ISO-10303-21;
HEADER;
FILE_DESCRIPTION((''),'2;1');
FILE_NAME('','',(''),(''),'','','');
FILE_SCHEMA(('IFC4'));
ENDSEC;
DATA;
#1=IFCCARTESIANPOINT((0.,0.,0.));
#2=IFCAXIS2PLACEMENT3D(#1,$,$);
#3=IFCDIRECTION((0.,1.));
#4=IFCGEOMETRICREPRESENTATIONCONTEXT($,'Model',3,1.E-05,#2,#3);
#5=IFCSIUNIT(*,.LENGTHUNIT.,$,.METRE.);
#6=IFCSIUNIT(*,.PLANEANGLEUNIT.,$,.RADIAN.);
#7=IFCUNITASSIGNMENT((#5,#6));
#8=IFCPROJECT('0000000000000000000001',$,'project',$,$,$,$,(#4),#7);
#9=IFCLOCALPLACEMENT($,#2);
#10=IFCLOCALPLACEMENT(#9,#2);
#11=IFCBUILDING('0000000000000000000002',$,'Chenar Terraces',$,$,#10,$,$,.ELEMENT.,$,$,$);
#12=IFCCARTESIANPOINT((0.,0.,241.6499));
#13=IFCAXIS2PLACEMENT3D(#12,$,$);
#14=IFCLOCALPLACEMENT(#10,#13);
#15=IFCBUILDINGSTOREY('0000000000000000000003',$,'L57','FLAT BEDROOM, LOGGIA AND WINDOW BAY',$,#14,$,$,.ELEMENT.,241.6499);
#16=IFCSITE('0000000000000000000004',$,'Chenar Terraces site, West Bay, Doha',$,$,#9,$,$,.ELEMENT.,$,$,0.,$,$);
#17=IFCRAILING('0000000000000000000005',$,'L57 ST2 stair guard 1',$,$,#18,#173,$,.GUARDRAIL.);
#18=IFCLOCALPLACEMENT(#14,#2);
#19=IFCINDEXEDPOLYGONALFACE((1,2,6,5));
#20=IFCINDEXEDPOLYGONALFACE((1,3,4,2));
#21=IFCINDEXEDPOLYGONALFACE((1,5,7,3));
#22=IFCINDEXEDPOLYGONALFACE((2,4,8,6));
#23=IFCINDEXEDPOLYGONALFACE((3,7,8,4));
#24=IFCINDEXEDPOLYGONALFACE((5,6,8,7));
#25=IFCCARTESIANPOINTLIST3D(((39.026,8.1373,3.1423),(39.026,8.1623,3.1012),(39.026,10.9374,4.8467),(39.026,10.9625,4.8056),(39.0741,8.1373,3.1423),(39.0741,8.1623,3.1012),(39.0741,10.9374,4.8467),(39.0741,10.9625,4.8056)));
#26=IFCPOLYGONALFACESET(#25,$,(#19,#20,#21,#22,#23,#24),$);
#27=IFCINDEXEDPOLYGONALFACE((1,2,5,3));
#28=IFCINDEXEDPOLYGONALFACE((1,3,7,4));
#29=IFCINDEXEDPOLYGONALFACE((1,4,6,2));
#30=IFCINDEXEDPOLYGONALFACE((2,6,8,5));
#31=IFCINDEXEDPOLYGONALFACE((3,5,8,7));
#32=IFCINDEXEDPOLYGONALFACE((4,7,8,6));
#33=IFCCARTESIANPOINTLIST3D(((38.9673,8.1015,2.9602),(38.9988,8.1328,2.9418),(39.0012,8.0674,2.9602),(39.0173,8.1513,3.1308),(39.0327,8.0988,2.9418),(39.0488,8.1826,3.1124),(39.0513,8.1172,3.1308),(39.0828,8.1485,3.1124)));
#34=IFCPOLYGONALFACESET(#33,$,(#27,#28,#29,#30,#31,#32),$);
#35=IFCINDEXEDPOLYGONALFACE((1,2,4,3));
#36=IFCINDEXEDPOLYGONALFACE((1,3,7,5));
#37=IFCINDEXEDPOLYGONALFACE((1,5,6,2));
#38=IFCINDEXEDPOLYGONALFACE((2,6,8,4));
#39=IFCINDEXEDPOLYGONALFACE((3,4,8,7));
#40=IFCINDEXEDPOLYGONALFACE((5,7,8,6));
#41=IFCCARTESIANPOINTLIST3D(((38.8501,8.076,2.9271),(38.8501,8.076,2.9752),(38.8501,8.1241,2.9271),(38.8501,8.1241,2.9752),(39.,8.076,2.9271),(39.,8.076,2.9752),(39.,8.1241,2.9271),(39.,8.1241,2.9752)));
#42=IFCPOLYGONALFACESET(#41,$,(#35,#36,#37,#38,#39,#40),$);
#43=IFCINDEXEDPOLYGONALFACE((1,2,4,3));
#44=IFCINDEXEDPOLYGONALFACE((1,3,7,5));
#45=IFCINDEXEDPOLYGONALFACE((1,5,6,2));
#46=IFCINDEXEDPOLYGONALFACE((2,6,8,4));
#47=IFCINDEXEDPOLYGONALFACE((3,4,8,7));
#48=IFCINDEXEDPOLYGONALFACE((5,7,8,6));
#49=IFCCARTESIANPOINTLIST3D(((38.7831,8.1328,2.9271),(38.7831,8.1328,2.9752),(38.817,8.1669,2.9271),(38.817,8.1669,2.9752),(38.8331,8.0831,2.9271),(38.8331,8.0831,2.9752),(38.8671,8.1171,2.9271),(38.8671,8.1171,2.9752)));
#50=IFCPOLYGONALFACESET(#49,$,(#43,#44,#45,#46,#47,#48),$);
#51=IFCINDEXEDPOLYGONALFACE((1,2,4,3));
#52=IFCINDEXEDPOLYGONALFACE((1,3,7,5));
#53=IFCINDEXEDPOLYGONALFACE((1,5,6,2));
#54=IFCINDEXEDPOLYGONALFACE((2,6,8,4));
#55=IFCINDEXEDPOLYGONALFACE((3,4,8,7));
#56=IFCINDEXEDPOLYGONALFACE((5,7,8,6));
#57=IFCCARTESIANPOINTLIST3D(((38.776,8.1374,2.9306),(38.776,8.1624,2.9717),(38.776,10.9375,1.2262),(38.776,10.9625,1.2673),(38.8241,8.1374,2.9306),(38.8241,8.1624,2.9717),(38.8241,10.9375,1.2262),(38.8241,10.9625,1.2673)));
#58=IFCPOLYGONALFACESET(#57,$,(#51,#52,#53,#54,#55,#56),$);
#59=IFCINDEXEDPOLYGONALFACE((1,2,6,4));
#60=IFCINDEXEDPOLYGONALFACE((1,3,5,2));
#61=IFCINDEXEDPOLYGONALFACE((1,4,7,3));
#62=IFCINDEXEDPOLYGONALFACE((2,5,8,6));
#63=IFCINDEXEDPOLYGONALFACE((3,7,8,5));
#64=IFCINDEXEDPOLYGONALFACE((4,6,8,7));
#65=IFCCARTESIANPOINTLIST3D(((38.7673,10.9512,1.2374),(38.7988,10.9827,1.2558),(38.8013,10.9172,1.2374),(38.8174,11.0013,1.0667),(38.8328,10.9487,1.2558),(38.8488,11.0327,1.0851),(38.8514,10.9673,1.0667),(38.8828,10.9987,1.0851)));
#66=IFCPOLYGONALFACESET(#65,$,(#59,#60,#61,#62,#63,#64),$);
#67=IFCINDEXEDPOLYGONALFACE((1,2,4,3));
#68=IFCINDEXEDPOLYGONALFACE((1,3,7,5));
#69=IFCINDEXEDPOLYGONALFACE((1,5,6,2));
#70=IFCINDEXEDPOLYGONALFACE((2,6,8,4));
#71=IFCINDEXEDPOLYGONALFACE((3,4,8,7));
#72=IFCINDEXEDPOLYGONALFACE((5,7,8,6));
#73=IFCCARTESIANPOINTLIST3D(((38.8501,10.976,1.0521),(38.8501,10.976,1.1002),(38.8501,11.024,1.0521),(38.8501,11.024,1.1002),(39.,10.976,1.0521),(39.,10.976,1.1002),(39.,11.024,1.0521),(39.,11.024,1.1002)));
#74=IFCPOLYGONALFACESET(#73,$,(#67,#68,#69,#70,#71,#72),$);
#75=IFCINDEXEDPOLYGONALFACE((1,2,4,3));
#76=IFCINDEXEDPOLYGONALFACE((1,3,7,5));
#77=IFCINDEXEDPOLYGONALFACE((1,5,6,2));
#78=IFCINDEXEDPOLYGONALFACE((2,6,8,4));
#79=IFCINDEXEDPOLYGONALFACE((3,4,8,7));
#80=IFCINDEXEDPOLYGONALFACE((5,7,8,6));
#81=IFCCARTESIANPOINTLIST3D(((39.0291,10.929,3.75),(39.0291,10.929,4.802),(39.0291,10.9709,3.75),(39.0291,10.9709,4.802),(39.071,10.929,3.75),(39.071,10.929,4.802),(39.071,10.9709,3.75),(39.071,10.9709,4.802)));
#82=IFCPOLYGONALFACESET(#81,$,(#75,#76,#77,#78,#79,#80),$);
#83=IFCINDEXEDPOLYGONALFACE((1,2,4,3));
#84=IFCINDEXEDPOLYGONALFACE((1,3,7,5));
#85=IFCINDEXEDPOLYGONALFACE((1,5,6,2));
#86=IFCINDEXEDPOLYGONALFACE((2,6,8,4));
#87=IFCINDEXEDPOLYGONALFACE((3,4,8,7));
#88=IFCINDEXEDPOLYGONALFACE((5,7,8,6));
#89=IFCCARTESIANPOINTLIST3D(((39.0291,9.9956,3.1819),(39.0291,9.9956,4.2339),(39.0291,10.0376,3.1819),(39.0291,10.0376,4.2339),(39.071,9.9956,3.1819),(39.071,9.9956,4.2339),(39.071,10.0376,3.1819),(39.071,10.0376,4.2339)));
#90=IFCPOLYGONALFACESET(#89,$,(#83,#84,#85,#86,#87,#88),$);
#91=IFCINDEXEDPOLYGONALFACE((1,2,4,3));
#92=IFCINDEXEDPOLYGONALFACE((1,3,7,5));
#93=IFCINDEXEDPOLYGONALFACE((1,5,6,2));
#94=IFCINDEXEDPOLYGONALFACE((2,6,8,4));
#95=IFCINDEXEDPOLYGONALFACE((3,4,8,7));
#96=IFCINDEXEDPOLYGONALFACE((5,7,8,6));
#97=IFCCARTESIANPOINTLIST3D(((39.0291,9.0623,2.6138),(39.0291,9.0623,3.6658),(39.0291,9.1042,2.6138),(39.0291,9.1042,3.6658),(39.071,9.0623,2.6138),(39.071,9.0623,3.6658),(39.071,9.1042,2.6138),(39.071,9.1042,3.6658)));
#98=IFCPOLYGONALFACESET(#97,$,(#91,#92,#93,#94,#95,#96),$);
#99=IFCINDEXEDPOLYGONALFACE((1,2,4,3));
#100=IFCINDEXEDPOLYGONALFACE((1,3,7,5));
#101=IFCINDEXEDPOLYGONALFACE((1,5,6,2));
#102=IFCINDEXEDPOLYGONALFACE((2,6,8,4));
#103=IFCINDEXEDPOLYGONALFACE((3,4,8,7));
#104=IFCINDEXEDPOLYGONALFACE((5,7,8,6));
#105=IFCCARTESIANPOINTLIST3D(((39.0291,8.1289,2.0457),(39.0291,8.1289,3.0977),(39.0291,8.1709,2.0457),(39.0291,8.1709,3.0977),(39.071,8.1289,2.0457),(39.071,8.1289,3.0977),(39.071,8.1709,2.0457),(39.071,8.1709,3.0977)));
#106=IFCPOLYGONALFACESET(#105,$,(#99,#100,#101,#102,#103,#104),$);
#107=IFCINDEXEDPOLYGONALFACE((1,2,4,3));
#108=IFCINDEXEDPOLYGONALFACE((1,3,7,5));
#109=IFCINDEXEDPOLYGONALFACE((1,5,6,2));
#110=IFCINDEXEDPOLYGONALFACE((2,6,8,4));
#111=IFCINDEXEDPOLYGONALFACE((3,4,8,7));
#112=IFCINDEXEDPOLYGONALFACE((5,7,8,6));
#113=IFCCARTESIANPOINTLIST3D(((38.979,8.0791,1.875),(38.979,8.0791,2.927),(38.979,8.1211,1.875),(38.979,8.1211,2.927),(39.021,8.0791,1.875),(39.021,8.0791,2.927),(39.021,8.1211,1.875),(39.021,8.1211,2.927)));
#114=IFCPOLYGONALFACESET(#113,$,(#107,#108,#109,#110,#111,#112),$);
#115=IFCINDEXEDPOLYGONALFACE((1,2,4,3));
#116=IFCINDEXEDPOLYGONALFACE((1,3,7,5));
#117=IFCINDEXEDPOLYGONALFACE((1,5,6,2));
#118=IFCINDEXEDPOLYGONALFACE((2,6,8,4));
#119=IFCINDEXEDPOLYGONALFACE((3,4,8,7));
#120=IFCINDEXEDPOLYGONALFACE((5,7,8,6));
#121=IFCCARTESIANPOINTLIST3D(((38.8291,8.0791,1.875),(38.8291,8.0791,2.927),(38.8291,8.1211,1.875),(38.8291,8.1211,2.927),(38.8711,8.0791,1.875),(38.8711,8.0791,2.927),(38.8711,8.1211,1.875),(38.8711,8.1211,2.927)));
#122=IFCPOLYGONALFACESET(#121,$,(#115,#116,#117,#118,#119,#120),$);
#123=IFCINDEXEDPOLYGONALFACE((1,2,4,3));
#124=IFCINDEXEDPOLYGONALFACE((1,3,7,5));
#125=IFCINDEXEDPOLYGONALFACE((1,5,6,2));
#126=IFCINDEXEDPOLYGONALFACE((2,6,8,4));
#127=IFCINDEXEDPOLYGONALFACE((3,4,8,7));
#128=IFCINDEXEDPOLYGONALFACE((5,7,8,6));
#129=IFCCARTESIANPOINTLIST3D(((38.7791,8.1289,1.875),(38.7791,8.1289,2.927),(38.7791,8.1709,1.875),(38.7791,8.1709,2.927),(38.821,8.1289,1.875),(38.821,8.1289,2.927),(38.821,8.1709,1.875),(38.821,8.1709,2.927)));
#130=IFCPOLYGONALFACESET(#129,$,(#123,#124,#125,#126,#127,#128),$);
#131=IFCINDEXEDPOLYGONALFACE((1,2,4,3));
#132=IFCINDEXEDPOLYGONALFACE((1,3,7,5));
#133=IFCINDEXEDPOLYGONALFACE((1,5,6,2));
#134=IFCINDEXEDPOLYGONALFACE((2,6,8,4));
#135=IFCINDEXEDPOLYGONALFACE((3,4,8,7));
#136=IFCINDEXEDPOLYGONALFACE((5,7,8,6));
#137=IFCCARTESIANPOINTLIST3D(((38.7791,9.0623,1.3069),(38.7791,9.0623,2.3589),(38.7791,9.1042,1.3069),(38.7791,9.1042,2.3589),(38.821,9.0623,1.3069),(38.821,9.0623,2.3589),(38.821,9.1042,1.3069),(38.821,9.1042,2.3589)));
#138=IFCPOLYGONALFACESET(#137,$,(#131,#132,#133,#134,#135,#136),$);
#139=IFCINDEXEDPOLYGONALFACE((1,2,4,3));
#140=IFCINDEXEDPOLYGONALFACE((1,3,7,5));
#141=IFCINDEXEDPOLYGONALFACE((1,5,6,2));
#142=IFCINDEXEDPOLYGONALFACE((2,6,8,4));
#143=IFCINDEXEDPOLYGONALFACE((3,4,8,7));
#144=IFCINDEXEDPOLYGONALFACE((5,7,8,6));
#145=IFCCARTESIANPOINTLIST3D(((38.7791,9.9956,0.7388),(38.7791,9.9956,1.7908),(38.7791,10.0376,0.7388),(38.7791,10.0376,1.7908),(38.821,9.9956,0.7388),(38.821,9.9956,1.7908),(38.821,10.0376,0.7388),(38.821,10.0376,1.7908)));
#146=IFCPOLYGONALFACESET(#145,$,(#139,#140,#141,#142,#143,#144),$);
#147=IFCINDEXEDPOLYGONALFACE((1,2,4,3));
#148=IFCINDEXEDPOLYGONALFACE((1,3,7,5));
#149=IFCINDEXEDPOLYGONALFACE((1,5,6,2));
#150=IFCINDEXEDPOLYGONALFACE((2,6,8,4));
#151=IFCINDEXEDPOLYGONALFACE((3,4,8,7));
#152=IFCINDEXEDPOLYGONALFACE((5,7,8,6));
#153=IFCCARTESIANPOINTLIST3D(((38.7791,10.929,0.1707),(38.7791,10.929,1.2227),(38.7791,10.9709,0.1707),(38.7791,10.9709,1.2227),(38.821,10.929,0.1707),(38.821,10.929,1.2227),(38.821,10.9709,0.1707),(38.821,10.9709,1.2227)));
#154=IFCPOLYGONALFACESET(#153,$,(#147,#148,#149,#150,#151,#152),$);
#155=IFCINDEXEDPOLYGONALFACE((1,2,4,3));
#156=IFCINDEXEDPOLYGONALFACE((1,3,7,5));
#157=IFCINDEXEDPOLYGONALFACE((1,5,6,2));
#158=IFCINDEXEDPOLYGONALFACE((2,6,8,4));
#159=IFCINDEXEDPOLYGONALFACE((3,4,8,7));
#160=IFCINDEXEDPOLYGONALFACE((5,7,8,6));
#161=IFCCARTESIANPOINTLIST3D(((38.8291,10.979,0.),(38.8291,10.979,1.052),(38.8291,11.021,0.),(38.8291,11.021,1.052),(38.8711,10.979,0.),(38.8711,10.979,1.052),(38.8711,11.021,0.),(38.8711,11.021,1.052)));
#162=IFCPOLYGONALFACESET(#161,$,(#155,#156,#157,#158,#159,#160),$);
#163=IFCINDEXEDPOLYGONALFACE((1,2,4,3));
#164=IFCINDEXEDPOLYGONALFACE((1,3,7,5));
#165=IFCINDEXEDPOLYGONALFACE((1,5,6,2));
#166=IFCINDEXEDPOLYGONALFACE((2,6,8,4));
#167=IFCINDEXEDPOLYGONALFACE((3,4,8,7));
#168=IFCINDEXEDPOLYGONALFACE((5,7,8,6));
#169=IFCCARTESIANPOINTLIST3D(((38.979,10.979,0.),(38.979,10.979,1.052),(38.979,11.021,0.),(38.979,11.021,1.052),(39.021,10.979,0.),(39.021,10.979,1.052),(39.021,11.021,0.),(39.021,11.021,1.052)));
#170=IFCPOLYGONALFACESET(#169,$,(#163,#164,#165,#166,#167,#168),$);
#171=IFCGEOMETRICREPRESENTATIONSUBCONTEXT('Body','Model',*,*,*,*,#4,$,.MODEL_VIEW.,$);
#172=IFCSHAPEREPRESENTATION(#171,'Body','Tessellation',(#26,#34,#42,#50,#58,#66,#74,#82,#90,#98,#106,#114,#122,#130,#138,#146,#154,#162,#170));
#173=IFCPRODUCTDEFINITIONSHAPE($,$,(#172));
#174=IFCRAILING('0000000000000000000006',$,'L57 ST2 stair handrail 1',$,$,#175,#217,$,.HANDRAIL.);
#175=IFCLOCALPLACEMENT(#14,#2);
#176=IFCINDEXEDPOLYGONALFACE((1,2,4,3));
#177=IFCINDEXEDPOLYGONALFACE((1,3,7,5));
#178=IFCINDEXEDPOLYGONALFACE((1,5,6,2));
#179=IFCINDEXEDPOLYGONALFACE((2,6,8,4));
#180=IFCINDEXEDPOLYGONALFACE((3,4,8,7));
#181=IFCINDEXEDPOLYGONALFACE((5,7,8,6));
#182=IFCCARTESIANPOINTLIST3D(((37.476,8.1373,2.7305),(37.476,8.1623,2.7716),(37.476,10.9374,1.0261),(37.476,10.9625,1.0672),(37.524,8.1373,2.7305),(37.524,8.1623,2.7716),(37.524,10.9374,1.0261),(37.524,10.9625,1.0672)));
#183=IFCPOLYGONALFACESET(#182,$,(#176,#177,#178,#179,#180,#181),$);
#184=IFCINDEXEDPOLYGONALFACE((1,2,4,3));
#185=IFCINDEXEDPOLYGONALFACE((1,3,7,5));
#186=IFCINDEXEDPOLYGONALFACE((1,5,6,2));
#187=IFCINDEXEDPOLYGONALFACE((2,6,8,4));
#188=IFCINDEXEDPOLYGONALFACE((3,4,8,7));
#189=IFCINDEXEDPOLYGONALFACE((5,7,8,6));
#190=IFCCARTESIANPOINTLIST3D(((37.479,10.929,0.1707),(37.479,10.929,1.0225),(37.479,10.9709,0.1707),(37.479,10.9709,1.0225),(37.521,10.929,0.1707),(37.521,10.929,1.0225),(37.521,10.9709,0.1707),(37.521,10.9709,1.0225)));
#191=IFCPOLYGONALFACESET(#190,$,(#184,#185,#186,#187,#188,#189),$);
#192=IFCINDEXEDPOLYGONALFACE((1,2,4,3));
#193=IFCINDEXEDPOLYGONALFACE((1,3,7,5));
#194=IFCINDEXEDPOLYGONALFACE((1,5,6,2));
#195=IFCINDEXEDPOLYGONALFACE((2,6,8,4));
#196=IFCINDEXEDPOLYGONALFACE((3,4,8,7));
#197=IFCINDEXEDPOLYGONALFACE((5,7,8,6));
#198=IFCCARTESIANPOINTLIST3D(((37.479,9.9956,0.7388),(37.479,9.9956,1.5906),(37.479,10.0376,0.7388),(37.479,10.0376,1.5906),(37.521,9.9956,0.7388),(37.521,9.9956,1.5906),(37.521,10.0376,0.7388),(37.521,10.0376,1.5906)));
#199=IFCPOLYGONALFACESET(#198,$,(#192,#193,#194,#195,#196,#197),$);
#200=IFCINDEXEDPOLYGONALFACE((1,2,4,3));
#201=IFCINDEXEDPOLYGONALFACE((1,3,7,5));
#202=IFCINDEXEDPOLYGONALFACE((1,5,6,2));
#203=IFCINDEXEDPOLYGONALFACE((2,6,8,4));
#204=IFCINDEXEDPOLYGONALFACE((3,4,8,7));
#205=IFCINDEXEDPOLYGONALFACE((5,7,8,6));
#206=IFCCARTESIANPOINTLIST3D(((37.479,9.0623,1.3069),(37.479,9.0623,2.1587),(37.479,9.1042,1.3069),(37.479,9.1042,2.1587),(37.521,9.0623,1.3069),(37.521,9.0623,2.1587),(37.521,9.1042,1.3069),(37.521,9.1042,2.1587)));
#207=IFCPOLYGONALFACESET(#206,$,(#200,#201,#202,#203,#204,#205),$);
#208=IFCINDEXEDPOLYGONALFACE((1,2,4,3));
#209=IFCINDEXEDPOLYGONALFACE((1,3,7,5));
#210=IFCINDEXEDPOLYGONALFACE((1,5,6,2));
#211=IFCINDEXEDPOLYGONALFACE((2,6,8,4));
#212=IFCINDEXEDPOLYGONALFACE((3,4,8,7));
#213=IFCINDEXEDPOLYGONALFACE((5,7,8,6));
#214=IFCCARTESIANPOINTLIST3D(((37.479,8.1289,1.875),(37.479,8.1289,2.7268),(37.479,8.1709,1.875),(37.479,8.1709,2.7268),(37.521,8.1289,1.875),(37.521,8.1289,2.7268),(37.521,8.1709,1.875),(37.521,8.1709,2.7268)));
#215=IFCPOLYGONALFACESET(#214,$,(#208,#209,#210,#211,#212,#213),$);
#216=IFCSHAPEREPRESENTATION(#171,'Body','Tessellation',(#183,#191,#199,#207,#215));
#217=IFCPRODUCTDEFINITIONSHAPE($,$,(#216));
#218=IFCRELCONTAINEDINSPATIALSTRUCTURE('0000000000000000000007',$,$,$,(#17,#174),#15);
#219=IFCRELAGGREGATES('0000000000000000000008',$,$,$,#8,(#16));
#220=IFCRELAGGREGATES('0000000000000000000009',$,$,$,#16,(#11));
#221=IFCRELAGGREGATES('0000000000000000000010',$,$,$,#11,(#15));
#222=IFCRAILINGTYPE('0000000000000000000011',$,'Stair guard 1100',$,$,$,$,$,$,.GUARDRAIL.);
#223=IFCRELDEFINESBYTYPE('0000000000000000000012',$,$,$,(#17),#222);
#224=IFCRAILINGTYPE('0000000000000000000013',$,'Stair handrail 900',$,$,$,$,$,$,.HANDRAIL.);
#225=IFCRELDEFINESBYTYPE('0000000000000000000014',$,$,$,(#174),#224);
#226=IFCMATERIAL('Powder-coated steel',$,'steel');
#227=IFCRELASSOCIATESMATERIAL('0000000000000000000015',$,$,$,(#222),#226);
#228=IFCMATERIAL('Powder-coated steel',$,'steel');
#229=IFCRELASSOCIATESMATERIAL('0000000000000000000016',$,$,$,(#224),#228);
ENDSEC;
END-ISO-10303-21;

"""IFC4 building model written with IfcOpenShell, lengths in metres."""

from ifc_helpers import new_model, si_unit, direction, frame, origin, origin_2d, place, context, subcontext, project, spatial, rectangle, extrude, material, type_object, element, save


model = new_model("IFC4")

# Units and contexts
model_context = context("Model", 3, precision=1e-05, world=origin(), true_north=direction((0.0, 1.0)))
body_context = subcontext(model_context, "Body", "Model", "MODEL_VIEW")
ifc_project = project(units=[si_unit("LENGTHUNIT", "METRE"), si_unit("PLANEANGLEUNIT", "RADIAN")], contexts=[model_context])

# Site, building, storey
site_placement = place(None, origin())
site = spatial("IfcSite", under=ifc_project, at=site_placement, Name="Chenar Terraces site, West Bay, Doha", CompositionType="ELEMENT", RefElevation=0.0)
building_placement = place(site_placement, origin())
building = spatial("IfcBuilding", under=site, at=building_placement, Name="Chenar Terraces", CompositionType="ELEMENT")
storey_placement = place(building_placement, frame((0.0, 0.0, 241.6499)))
storey = spatial("IfcBuildingStorey", under=building, at=storey_placement, Name="L57", Description="FLAT BEDROOM, LOGGIA AND WINDOW BAY", CompositionType="ELEMENT", Elevation=241.6499)

# Railings
ifc_material_1 = material(Name="Powder-coated steel", Category="steel")
railing_type_1 = type_object("IfcRailingType", Name="Stair guard 1100", PredefinedType="GUARDRAIL", material=ifc_material_1)
railing_1_placement = place(storey_placement, frame((39.05, 10.95, 3.75)))
element("IfcRailing", 1, at=railing_1_placement, inside=storey, type_object=railing_type_1, Name="L57 ST2 stair guard 1", PredefinedType="GUARDRAIL", context=body_context, shape_type="SweptSolid", body=[
    extrude(rectangle(XDim=0.0481, YDim=0.0481, at=origin_2d()), frame((0.0, 0.0, 1.0762), z_axis=(0.0, -0.854203, -0.51994), x_axis=(1.0, 0.0, 0.0)), (0.0, 0.0, 1.0), 3.2781),
    extrude(rectangle(XDim=0.0481, YDim=0.0481, at=origin_2d()), frame((0.0, -2.8, -0.6284), z_axis=(-0.270997, -0.269675, -0.924033), x_axis=(0.705376, -0.708834, 0.0)), (0.0, 0.0, 1.0), 0.1846),
    extrude(rectangle(XDim=0.0481, YDim=0.0481, at=origin_2d()), frame((-0.05, -2.8499, -0.7988), z_axis=(-1.0, 0.0, 0.0), x_axis=(0.0, -1.0, 0.0)), (0.0, 0.0, 1.0), 0.1499),
    extrude(rectangle(XDim=0.0481, YDim=0.0481, at=origin_2d()), frame((-0.2, -2.8499, -0.7988), z_axis=(-0.708834, 0.705376, 0.0), x_axis=(-0.705376, -0.708834, 0.0)), (0.0, 0.0, 1.0), 0.0706),
    extrude(rectangle(XDim=0.0481, YDim=0.0481, at=origin_2d()), frame((-0.25, -2.8, -0.7988), z_axis=(0.0, 0.854203, -0.51994), x_axis=(-1.0, 0.0, 0.0)), (0.0, 0.0, 1.0), 3.2781),
    extrude(rectangle(XDim=0.0481, YDim=0.0481, at=origin_2d()), frame((-0.25, 0.0, -2.5034), z_axis=(0.2709, 0.2709, -0.923703), x_axis=(-0.707107, 0.707107, 0.0)), (0.0, 0.0, 1.0), 0.1848),
    extrude(rectangle(XDim=0.0481, YDim=0.0481, at=origin_2d()), frame((-0.2, 0.05, -2.6738), z_axis=(1.0, 0.0, 0.0), x_axis=(0.0, 1.0, 0.0)), (0.0, 0.0, 1.0), 0.1499),
    extrude(rectangle(XDim=0.042, YDim=0.042, at=origin_2d()), origin(), (0.0, 0.0, 1.0), 1.052),
    extrude(rectangle(XDim=0.042, YDim=0.042, at=origin_2d()), frame((0.0, -0.9333, -0.5681)), (0.0, 0.0, 1.0), 1.052),
    extrude(rectangle(XDim=0.042, YDim=0.042, at=origin_2d()), frame((0.0, -1.8667, -1.1362)), (0.0, 0.0, 1.0), 1.052),
    extrude(rectangle(XDim=0.042, YDim=0.042, at=origin_2d()), frame((0.0, -2.8, -1.7043)), (0.0, 0.0, 1.0), 1.052),
    extrude(rectangle(XDim=0.042, YDim=0.042, at=origin_2d()), frame((-0.05, -2.8499, -1.875)), (0.0, 0.0, 1.0), 1.052),
    extrude(rectangle(XDim=0.042, YDim=0.042, at=origin_2d()), frame((-0.2, -2.8499, -1.875)), (0.0, 0.0, 1.0), 1.052),
    extrude(rectangle(XDim=0.042, YDim=0.042, at=origin_2d()), frame((-0.25, -2.8, -1.875)), (0.0, 0.0, 1.0), 1.052),
    extrude(rectangle(XDim=0.042, YDim=0.042, at=origin_2d()), frame((-0.25, -1.8667, -2.4431)), (0.0, 0.0, 1.0), 1.052),
    extrude(rectangle(XDim=0.042, YDim=0.042, at=origin_2d()), frame((-0.25, -0.9333, -3.0112)), (0.0, 0.0, 1.0), 1.052),
    extrude(rectangle(XDim=0.042, YDim=0.042, at=origin_2d()), frame((-0.25, 0.0, -3.5793)), (0.0, 0.0, 1.0), 1.052),
    extrude(rectangle(XDim=0.042, YDim=0.042, at=origin_2d()), frame((-0.2, 0.05, -3.75)), (0.0, 0.0, 1.0), 1.052),
    extrude(rectangle(XDim=0.042, YDim=0.042, at=origin_2d()), frame((-0.05, 0.05, -3.75)), (0.0, 0.0, 1.0), 1.052),
])
ifc_material_2 = material(Name="Powder-coated steel", Category="steel")
railing_type_2 = type_object("IfcRailingType", Name="Stair handrail 900", PredefinedType="HANDRAIL", material=ifc_material_2)
railing_2_placement = place(storey_placement, frame((37.5, 10.95, 0.1707)))
element("IfcRailing", 2, at=railing_2_placement, inside=storey, type_object=railing_type_2, Name="L57 ST2 stair handrail 1", PredefinedType="HANDRAIL", context=body_context, shape_type="SweptSolid", body=[
    extrude(rectangle(XDim=0.0481, YDim=0.0481, at=origin_2d()), frame((0.0, 0.0, 0.876), z_axis=(0.0, -0.854203, 0.51994), x_axis=(1.0, 0.0, 0.0)), (0.0, 0.0, 1.0), 3.2781),
    extrude(rectangle(XDim=0.042, YDim=0.042, at=origin_2d()), origin(), (0.0, 0.0, 1.0), 0.8518),
    extrude(rectangle(XDim=0.042, YDim=0.042, at=origin_2d()), frame((0.0, -0.9333, 0.5681)), (0.0, 0.0, 1.0), 0.8518),
    extrude(rectangle(XDim=0.042, YDim=0.042, at=origin_2d()), frame((0.0, -1.8667, 1.1362)), (0.0, 0.0, 1.0), 0.8518),
    extrude(rectangle(XDim=0.042, YDim=0.042, at=origin_2d()), frame((0.0, -2.8, 1.7043)), (0.0, 0.0, 1.0), 0.8518),
])

save(model, "model.ifc")
